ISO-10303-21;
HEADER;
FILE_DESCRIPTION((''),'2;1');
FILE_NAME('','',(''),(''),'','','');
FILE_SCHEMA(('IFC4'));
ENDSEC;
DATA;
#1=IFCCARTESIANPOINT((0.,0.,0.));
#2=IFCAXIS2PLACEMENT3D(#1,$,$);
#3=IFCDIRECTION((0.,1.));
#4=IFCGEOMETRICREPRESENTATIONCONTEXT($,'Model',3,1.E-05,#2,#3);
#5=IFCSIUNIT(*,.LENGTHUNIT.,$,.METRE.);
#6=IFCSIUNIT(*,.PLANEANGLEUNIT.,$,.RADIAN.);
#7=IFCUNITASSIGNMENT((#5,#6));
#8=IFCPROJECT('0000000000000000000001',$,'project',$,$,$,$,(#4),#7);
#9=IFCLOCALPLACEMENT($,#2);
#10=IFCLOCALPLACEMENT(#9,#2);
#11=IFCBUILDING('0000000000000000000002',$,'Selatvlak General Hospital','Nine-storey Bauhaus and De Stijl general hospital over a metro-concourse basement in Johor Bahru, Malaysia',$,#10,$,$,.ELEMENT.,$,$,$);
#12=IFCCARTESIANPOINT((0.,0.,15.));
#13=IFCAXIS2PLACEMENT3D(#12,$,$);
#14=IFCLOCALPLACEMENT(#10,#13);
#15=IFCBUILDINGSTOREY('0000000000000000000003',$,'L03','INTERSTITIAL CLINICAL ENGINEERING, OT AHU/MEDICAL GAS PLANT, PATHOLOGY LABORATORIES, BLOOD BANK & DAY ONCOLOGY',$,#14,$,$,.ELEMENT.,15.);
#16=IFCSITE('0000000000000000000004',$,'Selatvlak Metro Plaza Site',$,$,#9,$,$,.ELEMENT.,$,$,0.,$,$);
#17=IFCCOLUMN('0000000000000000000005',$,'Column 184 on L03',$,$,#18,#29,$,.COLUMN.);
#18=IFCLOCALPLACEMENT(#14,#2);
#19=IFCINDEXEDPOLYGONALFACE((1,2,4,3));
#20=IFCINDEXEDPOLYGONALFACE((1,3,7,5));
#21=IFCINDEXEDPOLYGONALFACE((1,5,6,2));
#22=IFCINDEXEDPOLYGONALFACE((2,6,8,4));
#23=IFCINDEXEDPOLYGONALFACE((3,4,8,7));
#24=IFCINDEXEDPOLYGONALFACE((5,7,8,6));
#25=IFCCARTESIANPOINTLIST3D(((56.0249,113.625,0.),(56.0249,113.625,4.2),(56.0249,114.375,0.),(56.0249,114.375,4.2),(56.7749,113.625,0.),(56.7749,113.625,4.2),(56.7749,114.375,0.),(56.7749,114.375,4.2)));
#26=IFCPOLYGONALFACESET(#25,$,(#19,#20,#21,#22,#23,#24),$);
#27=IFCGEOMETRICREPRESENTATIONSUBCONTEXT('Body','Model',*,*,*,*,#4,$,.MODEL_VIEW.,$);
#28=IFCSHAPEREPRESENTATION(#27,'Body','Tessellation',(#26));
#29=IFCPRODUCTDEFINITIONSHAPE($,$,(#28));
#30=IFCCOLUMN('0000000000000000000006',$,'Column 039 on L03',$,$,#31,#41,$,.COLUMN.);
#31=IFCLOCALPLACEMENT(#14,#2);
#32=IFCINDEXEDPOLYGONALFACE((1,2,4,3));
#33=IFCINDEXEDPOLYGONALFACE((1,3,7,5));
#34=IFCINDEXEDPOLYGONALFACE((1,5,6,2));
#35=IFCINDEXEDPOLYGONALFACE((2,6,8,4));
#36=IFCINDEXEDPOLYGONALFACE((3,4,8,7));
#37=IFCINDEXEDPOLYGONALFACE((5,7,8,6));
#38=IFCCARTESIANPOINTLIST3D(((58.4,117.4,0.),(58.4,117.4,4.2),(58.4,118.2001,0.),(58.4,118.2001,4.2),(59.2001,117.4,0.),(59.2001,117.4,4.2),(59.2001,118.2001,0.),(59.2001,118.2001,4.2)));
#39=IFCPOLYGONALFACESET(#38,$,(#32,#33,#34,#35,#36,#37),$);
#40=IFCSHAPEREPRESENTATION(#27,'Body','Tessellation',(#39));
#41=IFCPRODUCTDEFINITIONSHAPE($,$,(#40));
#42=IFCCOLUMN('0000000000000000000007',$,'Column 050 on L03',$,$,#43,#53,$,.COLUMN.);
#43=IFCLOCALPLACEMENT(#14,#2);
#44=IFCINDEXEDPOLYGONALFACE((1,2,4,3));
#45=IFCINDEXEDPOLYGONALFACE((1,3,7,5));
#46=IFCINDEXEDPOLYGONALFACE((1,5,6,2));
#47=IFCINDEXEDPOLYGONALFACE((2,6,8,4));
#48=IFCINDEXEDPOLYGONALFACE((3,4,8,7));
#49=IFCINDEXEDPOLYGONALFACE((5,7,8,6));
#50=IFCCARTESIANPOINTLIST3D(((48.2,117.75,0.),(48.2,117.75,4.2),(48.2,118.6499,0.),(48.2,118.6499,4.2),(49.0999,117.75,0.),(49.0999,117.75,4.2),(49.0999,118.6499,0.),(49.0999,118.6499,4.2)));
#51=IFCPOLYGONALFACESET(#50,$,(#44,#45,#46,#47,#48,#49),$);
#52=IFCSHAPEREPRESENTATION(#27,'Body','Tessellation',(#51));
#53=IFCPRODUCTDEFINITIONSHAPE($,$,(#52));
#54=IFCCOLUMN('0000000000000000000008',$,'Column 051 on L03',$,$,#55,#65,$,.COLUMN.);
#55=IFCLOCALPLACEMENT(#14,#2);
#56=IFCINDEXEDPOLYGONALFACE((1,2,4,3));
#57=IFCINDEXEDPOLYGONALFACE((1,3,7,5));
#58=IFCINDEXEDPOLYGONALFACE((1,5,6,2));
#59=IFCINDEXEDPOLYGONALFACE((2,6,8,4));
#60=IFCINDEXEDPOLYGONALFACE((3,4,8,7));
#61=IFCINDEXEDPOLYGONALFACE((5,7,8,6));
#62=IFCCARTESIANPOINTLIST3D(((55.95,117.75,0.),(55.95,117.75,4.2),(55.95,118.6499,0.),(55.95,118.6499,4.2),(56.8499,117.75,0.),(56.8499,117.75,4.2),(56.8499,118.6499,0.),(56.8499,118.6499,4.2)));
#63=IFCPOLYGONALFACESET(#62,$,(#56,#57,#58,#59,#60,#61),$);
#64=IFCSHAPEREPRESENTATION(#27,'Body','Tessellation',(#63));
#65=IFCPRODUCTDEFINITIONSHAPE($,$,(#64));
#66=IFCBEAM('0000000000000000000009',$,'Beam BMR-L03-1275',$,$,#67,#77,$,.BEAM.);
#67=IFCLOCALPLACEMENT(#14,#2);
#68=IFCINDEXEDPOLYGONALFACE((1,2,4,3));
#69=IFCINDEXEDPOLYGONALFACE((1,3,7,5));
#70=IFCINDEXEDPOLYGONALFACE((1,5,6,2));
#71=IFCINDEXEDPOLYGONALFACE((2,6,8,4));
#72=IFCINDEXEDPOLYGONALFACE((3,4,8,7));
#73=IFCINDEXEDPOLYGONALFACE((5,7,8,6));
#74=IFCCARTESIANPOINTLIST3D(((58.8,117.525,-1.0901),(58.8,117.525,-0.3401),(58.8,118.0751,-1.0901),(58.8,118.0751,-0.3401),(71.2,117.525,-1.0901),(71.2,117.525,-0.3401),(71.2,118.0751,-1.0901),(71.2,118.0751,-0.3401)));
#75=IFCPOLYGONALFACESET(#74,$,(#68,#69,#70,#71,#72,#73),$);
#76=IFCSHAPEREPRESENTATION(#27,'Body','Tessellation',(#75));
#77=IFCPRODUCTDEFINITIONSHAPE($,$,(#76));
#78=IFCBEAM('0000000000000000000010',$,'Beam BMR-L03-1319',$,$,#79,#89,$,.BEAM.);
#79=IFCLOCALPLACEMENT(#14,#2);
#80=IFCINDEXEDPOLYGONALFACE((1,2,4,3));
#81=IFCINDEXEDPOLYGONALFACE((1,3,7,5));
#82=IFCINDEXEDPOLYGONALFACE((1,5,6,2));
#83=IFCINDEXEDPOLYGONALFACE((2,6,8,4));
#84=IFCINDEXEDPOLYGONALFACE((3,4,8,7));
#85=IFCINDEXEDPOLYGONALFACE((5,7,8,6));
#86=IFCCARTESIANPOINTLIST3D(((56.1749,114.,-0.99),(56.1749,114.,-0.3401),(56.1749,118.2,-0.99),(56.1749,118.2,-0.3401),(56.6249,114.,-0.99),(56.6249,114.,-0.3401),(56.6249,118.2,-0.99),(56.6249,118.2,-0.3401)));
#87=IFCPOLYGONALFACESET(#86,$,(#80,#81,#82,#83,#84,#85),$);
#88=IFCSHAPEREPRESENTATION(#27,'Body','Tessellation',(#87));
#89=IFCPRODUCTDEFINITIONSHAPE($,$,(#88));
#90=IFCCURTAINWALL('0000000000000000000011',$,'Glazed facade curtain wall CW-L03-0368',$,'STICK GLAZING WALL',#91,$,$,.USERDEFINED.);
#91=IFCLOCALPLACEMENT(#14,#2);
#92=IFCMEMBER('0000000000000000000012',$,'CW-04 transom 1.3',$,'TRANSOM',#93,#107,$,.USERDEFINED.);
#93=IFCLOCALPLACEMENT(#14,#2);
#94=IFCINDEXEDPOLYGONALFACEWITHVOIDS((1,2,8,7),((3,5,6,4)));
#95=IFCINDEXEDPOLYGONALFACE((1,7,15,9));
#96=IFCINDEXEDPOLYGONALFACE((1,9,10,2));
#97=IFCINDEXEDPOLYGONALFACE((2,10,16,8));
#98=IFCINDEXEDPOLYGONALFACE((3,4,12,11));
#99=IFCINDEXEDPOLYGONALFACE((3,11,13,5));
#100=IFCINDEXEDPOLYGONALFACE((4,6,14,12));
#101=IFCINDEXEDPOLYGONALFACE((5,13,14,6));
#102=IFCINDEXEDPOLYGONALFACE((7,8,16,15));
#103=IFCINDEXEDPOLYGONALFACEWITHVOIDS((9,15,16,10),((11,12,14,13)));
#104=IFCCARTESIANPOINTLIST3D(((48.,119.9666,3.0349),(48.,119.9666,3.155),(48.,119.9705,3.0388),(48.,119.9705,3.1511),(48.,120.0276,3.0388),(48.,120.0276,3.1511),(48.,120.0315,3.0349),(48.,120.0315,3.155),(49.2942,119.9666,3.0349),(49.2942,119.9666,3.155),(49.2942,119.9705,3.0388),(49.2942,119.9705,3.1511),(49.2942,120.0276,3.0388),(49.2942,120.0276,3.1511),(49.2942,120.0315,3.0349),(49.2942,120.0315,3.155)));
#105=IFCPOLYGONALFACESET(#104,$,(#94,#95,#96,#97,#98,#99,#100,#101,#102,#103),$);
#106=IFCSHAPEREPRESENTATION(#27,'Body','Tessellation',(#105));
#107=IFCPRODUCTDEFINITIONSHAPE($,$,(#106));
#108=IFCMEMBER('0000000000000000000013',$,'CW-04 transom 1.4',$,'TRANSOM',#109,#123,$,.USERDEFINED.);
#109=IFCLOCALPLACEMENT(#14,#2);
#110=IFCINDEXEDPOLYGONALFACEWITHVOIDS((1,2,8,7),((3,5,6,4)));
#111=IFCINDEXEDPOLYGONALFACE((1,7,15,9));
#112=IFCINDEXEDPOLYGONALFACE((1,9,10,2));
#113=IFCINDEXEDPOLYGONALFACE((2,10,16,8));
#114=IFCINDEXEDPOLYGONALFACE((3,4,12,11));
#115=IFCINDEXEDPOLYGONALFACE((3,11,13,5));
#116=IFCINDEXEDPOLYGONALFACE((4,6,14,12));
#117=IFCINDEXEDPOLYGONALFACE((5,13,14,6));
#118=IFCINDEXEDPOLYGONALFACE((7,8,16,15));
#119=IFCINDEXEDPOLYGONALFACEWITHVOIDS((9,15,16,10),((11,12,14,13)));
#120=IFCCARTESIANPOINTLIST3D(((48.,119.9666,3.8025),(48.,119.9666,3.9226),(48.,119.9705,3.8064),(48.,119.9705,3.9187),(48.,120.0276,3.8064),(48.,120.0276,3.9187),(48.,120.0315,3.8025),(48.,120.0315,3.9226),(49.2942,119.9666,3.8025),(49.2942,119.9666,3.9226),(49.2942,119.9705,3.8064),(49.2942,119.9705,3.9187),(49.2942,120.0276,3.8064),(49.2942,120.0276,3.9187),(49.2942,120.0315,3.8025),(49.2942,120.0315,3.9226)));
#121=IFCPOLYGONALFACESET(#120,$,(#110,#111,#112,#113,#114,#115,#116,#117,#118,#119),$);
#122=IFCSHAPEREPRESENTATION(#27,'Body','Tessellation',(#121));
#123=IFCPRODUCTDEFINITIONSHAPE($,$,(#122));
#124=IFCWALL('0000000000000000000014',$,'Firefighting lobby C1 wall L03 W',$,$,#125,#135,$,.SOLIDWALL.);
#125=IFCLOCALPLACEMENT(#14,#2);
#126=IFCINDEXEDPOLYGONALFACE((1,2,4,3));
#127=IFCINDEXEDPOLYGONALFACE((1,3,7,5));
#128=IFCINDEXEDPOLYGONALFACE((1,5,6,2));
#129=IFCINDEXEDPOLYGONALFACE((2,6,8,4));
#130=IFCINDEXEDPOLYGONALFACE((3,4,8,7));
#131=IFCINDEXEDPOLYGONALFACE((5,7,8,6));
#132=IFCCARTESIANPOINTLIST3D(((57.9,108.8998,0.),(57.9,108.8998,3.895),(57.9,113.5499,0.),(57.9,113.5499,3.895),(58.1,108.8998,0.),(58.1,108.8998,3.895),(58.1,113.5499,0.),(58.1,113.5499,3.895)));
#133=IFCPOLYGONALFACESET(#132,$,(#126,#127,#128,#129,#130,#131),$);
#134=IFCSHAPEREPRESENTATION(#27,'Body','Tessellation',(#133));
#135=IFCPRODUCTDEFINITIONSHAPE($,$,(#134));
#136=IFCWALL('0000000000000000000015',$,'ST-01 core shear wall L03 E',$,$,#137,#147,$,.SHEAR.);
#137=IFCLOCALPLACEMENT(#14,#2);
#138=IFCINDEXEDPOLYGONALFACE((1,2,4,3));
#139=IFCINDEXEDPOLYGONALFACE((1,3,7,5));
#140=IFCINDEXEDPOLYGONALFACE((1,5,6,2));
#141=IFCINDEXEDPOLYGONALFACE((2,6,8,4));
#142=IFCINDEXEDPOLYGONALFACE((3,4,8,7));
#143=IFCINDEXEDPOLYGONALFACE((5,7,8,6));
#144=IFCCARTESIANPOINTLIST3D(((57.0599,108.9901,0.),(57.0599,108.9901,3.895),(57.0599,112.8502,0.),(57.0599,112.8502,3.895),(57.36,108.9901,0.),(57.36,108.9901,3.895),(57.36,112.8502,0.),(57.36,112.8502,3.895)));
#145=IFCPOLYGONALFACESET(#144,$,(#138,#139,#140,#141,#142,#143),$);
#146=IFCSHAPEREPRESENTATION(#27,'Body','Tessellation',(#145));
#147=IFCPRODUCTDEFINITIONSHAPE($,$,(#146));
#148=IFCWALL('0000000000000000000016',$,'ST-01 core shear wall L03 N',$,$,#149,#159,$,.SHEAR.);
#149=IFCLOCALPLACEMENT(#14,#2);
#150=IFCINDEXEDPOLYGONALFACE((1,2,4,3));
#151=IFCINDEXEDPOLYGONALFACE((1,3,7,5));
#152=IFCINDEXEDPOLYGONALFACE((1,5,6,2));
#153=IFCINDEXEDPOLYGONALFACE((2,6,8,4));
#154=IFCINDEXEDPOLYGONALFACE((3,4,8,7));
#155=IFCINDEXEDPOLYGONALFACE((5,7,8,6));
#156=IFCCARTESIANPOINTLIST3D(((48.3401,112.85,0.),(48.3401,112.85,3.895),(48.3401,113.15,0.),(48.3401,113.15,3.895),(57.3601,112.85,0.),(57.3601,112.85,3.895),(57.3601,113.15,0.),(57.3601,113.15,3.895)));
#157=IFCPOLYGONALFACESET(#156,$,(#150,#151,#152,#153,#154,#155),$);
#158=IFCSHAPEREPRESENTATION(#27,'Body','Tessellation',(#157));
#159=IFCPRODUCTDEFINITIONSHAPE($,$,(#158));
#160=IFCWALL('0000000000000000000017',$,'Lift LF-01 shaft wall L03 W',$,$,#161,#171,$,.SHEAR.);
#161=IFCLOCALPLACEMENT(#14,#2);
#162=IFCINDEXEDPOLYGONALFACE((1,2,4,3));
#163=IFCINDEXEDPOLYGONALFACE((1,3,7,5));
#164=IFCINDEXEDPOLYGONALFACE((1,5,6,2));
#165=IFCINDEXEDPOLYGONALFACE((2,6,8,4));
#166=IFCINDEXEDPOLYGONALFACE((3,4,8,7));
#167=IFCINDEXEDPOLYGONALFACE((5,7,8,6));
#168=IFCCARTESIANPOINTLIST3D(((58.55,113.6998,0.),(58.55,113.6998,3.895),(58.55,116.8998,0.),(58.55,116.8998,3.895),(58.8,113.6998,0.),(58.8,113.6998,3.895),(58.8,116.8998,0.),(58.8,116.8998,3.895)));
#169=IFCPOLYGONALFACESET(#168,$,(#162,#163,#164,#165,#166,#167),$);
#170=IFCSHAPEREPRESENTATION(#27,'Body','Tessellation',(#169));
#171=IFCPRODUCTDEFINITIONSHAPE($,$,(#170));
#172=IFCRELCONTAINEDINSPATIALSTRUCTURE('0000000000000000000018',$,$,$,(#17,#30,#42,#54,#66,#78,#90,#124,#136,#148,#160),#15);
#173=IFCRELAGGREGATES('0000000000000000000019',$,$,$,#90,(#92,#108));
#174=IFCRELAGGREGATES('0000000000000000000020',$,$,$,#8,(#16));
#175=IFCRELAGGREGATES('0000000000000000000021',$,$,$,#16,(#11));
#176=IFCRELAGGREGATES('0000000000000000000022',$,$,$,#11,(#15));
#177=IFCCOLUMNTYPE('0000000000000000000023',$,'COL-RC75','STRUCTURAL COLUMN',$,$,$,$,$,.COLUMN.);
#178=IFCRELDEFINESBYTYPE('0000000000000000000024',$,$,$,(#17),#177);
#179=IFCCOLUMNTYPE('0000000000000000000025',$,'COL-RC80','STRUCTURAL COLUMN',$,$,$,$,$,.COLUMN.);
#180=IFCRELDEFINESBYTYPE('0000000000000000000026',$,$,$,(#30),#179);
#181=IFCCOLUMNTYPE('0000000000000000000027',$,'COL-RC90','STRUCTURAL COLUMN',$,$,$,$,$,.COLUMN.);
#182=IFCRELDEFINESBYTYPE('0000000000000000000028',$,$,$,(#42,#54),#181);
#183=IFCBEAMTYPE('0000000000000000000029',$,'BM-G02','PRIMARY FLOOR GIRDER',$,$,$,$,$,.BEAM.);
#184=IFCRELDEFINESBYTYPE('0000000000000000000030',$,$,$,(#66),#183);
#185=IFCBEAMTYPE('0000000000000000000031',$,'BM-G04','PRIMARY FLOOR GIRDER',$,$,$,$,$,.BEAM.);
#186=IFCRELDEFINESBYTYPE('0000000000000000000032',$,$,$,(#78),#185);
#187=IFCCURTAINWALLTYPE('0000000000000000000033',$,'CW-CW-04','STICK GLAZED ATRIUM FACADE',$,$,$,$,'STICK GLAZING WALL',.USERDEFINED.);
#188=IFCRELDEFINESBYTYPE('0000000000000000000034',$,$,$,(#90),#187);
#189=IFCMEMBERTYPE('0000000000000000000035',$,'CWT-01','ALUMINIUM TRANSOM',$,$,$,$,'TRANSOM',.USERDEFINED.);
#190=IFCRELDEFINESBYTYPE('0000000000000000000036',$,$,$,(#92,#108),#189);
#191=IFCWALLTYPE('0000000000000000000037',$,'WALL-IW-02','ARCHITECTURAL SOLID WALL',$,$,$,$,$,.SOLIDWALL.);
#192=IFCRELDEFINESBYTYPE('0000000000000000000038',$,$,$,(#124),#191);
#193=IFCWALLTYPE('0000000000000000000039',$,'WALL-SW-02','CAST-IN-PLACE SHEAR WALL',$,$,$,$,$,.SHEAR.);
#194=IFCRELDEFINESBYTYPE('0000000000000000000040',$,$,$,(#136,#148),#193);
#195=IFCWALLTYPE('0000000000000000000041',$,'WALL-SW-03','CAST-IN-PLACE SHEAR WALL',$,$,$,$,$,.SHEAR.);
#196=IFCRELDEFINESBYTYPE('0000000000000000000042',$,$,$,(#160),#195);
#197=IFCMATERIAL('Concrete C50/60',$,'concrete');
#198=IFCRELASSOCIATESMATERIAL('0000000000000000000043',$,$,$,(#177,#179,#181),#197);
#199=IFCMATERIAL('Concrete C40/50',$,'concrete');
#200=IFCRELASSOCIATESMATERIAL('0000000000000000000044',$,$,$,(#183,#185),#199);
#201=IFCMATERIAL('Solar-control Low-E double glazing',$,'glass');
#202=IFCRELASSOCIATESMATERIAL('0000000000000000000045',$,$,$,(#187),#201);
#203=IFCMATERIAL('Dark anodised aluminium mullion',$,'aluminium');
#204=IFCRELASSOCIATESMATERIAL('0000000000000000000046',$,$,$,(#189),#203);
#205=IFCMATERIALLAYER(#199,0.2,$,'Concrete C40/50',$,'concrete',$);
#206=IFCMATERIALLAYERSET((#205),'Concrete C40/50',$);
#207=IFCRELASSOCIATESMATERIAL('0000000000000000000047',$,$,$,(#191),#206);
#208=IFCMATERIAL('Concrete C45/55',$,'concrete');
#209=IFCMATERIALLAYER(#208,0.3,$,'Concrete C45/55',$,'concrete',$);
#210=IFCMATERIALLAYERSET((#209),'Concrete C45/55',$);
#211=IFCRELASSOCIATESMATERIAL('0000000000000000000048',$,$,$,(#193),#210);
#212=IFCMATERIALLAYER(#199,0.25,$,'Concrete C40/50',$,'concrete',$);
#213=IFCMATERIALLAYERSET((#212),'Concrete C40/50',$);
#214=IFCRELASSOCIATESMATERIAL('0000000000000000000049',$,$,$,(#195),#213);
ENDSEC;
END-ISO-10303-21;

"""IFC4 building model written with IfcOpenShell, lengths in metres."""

from ifc_helpers import new_model, si_unit, direction, frame, frame_2d, origin, origin_2d, place, context, subcontext, project, spatial, rectangle, hollow_rectangle, extrude, material, layer, layer_set, material_profile, profile_set, type_object, element, aggregate, save


model = new_model("IFC4")

# Units and contexts
model_context = context("Model", 3, precision=1e-05, world=origin(), true_north=direction((0.0, 1.0)))
body_context = subcontext(model_context, "Body", "Model", "MODEL_VIEW")
ifc_project = project(units=[si_unit("LENGTHUNIT", "METRE"), si_unit("PLANEANGLEUNIT", "RADIAN")], contexts=[model_context])

# Site, building, storey
site_placement = place(None, origin())
site = spatial("IfcSite", under=ifc_project, at=site_placement, Name="Selatvlak Metro Plaza Site", CompositionType="ELEMENT", RefElevation=0.0)
building_placement = place(site_placement, origin())
building = spatial("IfcBuilding", under=site, at=building_placement, Name="Selatvlak General Hospital", Description="Nine-storey Bauhaus and De Stijl general hospital over a metro-concourse basement in Johor Bahru, Malaysia", CompositionType="ELEMENT")
storey_placement = place(building_placement, frame((0.0, 0.0, 15.0)))
storey = spatial("IfcBuildingStorey", under=building, at=storey_placement, Name="L03", Description="INTERSTITIAL CLINICAL ENGINEERING, OT AHU/MEDICAL GAS PLANT, PATHOLOGY LABORATORIES, BLOOD BANK & DAY ONCOLOGY", CompositionType="ELEMENT", Elevation=15.0)

# Columns
ifc_material_1 = material(Name="Concrete C50/60", Category="concrete")
ifc_material_profile_1 = material_profile(ifc_material_1, rectangle(XDim=0.75, YDim=0.75, at=origin_2d()), Name="RC-COL 750x750")
ifc_profile_set_1 = profile_set([ifc_material_profile_1], Name="Concrete C50/60")
column_type_1 = type_object("IfcColumnType", Name="COL-RC75", Description="STRUCTURAL COLUMN", PredefinedType="COLUMN", material=ifc_profile_set_1)
column_1_placement = place(storey_placement, frame((56.3999, 114.0, 0.0), z_axis=(0.0, 0.0, 1.0), x_axis=(1.0, 0.0, 0.0)))
element("IfcColumn", 1, at=column_1_placement, inside=storey, type_object=column_type_1, Name="Column 184 on L03", PredefinedType="COLUMN", context=body_context, shape_type="SweptSolid", body=[
    extrude(rectangle(XDim=0.75, YDim=0.75, at=origin_2d()), origin(), (0.0, 0.0, 1.0), 4.2),
])
ifc_material_profile_2 = material_profile(ifc_material_1, rectangle(XDim=0.8, YDim=0.8, at=origin_2d()), Name="RC-COL 800x800")
ifc_profile_set_2 = profile_set([ifc_material_profile_2], Name="Concrete C50/60")
column_type_2 = type_object("IfcColumnType", Name="COL-RC80", Description="STRUCTURAL COLUMN", PredefinedType="COLUMN", material=ifc_profile_set_2)
column_2_placement = place(storey_placement, frame((58.8, 117.8, 0.0), z_axis=(0.0, 0.0, 1.0), x_axis=(1.0, 0.0, 0.0)))
element("IfcColumn", 2, at=column_2_placement, inside=storey, type_object=column_type_2, Name="Column 039 on L03", PredefinedType="COLUMN", context=body_context, shape_type="SweptSolid", body=[
    extrude(rectangle(XDim=0.8, YDim=0.8, at=origin_2d()), origin(), (0.0, 0.0, 1.0), 4.2),
])
ifc_material_profile_3 = material_profile(ifc_material_1, rectangle(XDim=0.8999, YDim=0.8999, at=origin_2d()), Name="RC-COL 900x900")
ifc_profile_set_3 = profile_set([ifc_material_profile_3], Name="Concrete C50/60")
column_type_3 = type_object("IfcColumnType", Name="COL-RC90", Description="STRUCTURAL COLUMN", PredefinedType="COLUMN", material=ifc_profile_set_3)
for number, where, z_axis, x_axis, name in (
    (3, (48.6499, 118.2, 0.0), (0.0, 0.0, 1.0), (1.0, 0.0, 0.0), "Column 050 on L03"),
    (4, (56.3999, 118.2, 0.0), (0.0, 0.0, 1.0), (1.0, 0.0, 0.0), "Column 051 on L03"),
):
    element("IfcColumn", number, at=place(storey_placement, frame(where, z_axis=z_axis, x_axis=x_axis)), inside=storey, type_object=column_type_3, Name=name, PredefinedType="COLUMN", context=body_context, shape_type="SweptSolid", body=[
        extrude(rectangle(XDim=0.8999, YDim=0.8999, at=origin_2d()), origin(), (0.0, 0.0, 1.0), 4.2),
    ])

# Beams
ifc_material_2 = material(Name="Concrete C40/50", Category="concrete")
ifc_material_profile_4 = material_profile(ifc_material_2, rectangle(XDim=0.55, YDim=0.75, at=origin_2d()), Name="RC-BM 550x750")
ifc_profile_set_4 = profile_set([ifc_material_profile_4], Name="Concrete C40/50")
beam_type_1 = type_object("IfcBeamType", Name="BM-G02", Description="PRIMARY FLOOR GIRDER", PredefinedType="BEAM", material=ifc_profile_set_4)
beam_1_placement = place(storey_placement, frame((58.8, 117.8, -0.7151), z_axis=(1.0, 0.0, 0.0), x_axis=(0.0, 1.0, 0.0)))
element("IfcBeam", 5, at=beam_1_placement, inside=storey, type_object=beam_type_1, Name="Beam BMR-L03-1275", PredefinedType="BEAM", context=body_context, shape_type="SweptSolid", body=[
    extrude(rectangle(XDim=0.55, YDim=0.75, at=origin_2d()), origin(), (0.0, 0.0, 1.0), 12.3999),
])
ifc_material_profile_5 = material_profile(ifc_material_2, rectangle(XDim=0.45, YDim=0.6499, at=origin_2d()), Name="RC-BM 450x650")
ifc_profile_set_5 = profile_set([ifc_material_profile_5], Name="Concrete C40/50")
beam_type_2 = type_object("IfcBeamType", Name="BM-G04", Description="PRIMARY FLOOR GIRDER", PredefinedType="BEAM", material=ifc_profile_set_5)
beam_2_placement = place(storey_placement, frame((56.3999, 114.0, -0.665), z_axis=(0.0, 1.0, 0.0), x_axis=(-1.0, 0.0, 0.0)))
element("IfcBeam", 6, at=beam_2_placement, inside=storey, type_object=beam_type_2, Name="Beam BMR-L03-1319", PredefinedType="BEAM", context=body_context, shape_type="SweptSolid", body=[
    extrude(rectangle(XDim=0.45, YDim=0.6499, at=origin_2d()), origin(), (0.0, 0.0, 1.0), 4.2),
])

# Curtain wall, members
ifc_material_3 = material(Name="Solar-control Low-E double glazing", Category="glass")
curtain_wall_type = type_object("IfcCurtainWallType", Name="CW-CW-04", Description="STICK GLAZED ATRIUM FACADE", ElementType="STICK GLAZING WALL", PredefinedType="USERDEFINED", material=ifc_material_3)
curtain_wall_placement = place(storey_placement, origin())
curtain_wall = element("IfcCurtainWall", 7, at=curtain_wall_placement, inside=storey, type_object=curtain_wall_type, Name="Glazed facade curtain wall CW-L03-0368", ObjectType="STICK GLAZING WALL", PredefinedType="USERDEFINED")
ifc_material_4 = material(Name="Dark anodised aluminium mullion", Category="aluminium")
ifc_material_profile_6 = material_profile(ifc_material_4, hollow_rectangle(XDim=0.0649, YDim=0.1201, WallThickness=0.0039, at=origin_2d()), Name="AL-TRN 65x120x4")
ifc_profile_set_6 = profile_set([ifc_material_profile_6], Name="Dark anodised aluminium mullion")
member_type = type_object("IfcMemberType", Name="CWT-01", Description="ALUMINIUM TRANSOM", ElementType="TRANSOM", PredefinedType="USERDEFINED", material=ifc_profile_set_6)
member_1_placement = place(storey_placement, frame((48.0, 119.999, 3.095), z_axis=(1.0, 0.0, 0.0), x_axis=(0.0, 1.0, 0.0)))
member_1 = element("IfcMember", 8, at=member_1_placement, type_object=member_type, Name="CW-04 transom 1.3", ObjectType="TRANSOM", PredefinedType="USERDEFINED", context=body_context, shape_type="SweptSolid", body=[
    extrude(hollow_rectangle(XDim=0.0649, YDim=0.1201, WallThickness=0.0039, at=origin_2d()), origin(), (0.0, 0.0, 1.0), 1.2942),
])
member_2_placement = place(storey_placement, frame((48.0, 119.999, 3.8625), z_axis=(1.0, 0.0, 0.0), x_axis=(0.0, 1.0, 0.0)))
member_2 = element("IfcMember", 9, at=member_2_placement, type_object=member_type, Name="CW-04 transom 1.4", ObjectType="TRANSOM", PredefinedType="USERDEFINED", context=body_context, shape_type="SweptSolid", body=[
    extrude(hollow_rectangle(XDim=0.0649, YDim=0.1201, WallThickness=0.0039, at=origin_2d()), origin(), (0.0, 0.0, 1.0), 1.2942),
])
aggregate(curtain_wall, [member_1, member_2])

# Walls
ifc_layer_1 = layer(ifc_material_2, 0.2, Name="Concrete C40/50", Category="concrete")
ifc_layer_set_1 = layer_set([ifc_layer_1], Name="Concrete C40/50")
wall_type_1 = type_object("IfcWallType", Name="WALL-IW-02", Description="ARCHITECTURAL SOLID WALL", PredefinedType="SOLIDWALL", material=ifc_layer_set_1)
wall_1_placement = place(storey_placement, frame((58.0, 113.55, 0.0), z_axis=(0.0, 0.0, 1.0), x_axis=(0.0, -1.0, 0.0)))
element("IfcWall", 10, at=wall_1_placement, inside=storey, type_object=wall_type_1, Name="Firefighting lobby C1 wall L03 W", PredefinedType="SOLIDWALL", context=body_context, shape_type="SweptSolid", body=[
    extrude(rectangle(XDim=4.6501, YDim=0.2, at=frame_2d((2.3252, 0.0))), origin(), (0.0, 0.0, 1.0), 3.895),
])
ifc_material_5 = material(Name="Concrete C45/55", Category="concrete")
ifc_layer_2 = layer(ifc_material_5, 0.3, Name="Concrete C45/55", Category="concrete")
ifc_layer_set_2 = layer_set([ifc_layer_2], Name="Concrete C45/55")
wall_type_2 = type_object("IfcWallType", Name="WALL-SW-02", Description="CAST-IN-PLACE SHEAR WALL", PredefinedType="SHEAR", material=ifc_layer_set_2)
wall_2_placement = place(storey_placement, frame((57.21, 108.99, 0.0), z_axis=(0.0, 0.0, 1.0), x_axis=(0.0, 1.0, 0.0)))
element("IfcWall", 11, at=wall_2_placement, inside=storey, type_object=wall_type_2, Name="ST-01 core shear wall L03 E", PredefinedType="SHEAR", context=body_context, shape_type="SweptSolid", body=[
    extrude(rectangle(XDim=3.8601, YDim=0.3, at=frame_2d((1.9302, 0.0))), origin(), (0.0, 0.0, 1.0), 3.895),
])
wall_3_placement = place(storey_placement, frame((57.3601, 113.0, 0.0), z_axis=(0.0, 0.0, 1.0), x_axis=(-1.0, 0.0, 0.0)))
element("IfcWall", 12, at=wall_3_placement, inside=storey, type_object=wall_type_2, Name="ST-01 core shear wall L03 N", PredefinedType="SHEAR", context=body_context, shape_type="SweptSolid", body=[
    extrude(rectangle(XDim=9.02, YDim=0.3, at=frame_2d((4.51, 0.0))), origin(), (0.0, 0.0, 1.0), 3.895),
])

# Shared definitions
ifc_layer_3 = layer(ifc_material_2, 0.25, Name="Concrete C40/50", Category="concrete")
ifc_layer_set_3 = layer_set([ifc_layer_3], Name="Concrete C40/50")
wall_type_3 = type_object("IfcWallType", Name="WALL-SW-03", Description="CAST-IN-PLACE SHEAR WALL", PredefinedType="SHEAR", material=ifc_layer_set_3)

# Wall
wall_4_placement = place(storey_placement, frame((58.675, 116.8999, 0.0), z_axis=(0.0, 0.0, 1.0), x_axis=(0.0, -1.0, 0.0)))
element("IfcWall", 13, at=wall_4_placement, inside=storey, type_object=wall_type_3, Name="Lift LF-01 shaft wall L03 W", PredefinedType="SHEAR", context=body_context, shape_type="SweptSolid", body=[
    extrude(rectangle(XDim=3.2, YDim=0.25, at=frame_2d((1.6001, 0.0))), origin(), (0.0, 0.0, 1.0), 3.895),
])

save(model, "model.ifc")
